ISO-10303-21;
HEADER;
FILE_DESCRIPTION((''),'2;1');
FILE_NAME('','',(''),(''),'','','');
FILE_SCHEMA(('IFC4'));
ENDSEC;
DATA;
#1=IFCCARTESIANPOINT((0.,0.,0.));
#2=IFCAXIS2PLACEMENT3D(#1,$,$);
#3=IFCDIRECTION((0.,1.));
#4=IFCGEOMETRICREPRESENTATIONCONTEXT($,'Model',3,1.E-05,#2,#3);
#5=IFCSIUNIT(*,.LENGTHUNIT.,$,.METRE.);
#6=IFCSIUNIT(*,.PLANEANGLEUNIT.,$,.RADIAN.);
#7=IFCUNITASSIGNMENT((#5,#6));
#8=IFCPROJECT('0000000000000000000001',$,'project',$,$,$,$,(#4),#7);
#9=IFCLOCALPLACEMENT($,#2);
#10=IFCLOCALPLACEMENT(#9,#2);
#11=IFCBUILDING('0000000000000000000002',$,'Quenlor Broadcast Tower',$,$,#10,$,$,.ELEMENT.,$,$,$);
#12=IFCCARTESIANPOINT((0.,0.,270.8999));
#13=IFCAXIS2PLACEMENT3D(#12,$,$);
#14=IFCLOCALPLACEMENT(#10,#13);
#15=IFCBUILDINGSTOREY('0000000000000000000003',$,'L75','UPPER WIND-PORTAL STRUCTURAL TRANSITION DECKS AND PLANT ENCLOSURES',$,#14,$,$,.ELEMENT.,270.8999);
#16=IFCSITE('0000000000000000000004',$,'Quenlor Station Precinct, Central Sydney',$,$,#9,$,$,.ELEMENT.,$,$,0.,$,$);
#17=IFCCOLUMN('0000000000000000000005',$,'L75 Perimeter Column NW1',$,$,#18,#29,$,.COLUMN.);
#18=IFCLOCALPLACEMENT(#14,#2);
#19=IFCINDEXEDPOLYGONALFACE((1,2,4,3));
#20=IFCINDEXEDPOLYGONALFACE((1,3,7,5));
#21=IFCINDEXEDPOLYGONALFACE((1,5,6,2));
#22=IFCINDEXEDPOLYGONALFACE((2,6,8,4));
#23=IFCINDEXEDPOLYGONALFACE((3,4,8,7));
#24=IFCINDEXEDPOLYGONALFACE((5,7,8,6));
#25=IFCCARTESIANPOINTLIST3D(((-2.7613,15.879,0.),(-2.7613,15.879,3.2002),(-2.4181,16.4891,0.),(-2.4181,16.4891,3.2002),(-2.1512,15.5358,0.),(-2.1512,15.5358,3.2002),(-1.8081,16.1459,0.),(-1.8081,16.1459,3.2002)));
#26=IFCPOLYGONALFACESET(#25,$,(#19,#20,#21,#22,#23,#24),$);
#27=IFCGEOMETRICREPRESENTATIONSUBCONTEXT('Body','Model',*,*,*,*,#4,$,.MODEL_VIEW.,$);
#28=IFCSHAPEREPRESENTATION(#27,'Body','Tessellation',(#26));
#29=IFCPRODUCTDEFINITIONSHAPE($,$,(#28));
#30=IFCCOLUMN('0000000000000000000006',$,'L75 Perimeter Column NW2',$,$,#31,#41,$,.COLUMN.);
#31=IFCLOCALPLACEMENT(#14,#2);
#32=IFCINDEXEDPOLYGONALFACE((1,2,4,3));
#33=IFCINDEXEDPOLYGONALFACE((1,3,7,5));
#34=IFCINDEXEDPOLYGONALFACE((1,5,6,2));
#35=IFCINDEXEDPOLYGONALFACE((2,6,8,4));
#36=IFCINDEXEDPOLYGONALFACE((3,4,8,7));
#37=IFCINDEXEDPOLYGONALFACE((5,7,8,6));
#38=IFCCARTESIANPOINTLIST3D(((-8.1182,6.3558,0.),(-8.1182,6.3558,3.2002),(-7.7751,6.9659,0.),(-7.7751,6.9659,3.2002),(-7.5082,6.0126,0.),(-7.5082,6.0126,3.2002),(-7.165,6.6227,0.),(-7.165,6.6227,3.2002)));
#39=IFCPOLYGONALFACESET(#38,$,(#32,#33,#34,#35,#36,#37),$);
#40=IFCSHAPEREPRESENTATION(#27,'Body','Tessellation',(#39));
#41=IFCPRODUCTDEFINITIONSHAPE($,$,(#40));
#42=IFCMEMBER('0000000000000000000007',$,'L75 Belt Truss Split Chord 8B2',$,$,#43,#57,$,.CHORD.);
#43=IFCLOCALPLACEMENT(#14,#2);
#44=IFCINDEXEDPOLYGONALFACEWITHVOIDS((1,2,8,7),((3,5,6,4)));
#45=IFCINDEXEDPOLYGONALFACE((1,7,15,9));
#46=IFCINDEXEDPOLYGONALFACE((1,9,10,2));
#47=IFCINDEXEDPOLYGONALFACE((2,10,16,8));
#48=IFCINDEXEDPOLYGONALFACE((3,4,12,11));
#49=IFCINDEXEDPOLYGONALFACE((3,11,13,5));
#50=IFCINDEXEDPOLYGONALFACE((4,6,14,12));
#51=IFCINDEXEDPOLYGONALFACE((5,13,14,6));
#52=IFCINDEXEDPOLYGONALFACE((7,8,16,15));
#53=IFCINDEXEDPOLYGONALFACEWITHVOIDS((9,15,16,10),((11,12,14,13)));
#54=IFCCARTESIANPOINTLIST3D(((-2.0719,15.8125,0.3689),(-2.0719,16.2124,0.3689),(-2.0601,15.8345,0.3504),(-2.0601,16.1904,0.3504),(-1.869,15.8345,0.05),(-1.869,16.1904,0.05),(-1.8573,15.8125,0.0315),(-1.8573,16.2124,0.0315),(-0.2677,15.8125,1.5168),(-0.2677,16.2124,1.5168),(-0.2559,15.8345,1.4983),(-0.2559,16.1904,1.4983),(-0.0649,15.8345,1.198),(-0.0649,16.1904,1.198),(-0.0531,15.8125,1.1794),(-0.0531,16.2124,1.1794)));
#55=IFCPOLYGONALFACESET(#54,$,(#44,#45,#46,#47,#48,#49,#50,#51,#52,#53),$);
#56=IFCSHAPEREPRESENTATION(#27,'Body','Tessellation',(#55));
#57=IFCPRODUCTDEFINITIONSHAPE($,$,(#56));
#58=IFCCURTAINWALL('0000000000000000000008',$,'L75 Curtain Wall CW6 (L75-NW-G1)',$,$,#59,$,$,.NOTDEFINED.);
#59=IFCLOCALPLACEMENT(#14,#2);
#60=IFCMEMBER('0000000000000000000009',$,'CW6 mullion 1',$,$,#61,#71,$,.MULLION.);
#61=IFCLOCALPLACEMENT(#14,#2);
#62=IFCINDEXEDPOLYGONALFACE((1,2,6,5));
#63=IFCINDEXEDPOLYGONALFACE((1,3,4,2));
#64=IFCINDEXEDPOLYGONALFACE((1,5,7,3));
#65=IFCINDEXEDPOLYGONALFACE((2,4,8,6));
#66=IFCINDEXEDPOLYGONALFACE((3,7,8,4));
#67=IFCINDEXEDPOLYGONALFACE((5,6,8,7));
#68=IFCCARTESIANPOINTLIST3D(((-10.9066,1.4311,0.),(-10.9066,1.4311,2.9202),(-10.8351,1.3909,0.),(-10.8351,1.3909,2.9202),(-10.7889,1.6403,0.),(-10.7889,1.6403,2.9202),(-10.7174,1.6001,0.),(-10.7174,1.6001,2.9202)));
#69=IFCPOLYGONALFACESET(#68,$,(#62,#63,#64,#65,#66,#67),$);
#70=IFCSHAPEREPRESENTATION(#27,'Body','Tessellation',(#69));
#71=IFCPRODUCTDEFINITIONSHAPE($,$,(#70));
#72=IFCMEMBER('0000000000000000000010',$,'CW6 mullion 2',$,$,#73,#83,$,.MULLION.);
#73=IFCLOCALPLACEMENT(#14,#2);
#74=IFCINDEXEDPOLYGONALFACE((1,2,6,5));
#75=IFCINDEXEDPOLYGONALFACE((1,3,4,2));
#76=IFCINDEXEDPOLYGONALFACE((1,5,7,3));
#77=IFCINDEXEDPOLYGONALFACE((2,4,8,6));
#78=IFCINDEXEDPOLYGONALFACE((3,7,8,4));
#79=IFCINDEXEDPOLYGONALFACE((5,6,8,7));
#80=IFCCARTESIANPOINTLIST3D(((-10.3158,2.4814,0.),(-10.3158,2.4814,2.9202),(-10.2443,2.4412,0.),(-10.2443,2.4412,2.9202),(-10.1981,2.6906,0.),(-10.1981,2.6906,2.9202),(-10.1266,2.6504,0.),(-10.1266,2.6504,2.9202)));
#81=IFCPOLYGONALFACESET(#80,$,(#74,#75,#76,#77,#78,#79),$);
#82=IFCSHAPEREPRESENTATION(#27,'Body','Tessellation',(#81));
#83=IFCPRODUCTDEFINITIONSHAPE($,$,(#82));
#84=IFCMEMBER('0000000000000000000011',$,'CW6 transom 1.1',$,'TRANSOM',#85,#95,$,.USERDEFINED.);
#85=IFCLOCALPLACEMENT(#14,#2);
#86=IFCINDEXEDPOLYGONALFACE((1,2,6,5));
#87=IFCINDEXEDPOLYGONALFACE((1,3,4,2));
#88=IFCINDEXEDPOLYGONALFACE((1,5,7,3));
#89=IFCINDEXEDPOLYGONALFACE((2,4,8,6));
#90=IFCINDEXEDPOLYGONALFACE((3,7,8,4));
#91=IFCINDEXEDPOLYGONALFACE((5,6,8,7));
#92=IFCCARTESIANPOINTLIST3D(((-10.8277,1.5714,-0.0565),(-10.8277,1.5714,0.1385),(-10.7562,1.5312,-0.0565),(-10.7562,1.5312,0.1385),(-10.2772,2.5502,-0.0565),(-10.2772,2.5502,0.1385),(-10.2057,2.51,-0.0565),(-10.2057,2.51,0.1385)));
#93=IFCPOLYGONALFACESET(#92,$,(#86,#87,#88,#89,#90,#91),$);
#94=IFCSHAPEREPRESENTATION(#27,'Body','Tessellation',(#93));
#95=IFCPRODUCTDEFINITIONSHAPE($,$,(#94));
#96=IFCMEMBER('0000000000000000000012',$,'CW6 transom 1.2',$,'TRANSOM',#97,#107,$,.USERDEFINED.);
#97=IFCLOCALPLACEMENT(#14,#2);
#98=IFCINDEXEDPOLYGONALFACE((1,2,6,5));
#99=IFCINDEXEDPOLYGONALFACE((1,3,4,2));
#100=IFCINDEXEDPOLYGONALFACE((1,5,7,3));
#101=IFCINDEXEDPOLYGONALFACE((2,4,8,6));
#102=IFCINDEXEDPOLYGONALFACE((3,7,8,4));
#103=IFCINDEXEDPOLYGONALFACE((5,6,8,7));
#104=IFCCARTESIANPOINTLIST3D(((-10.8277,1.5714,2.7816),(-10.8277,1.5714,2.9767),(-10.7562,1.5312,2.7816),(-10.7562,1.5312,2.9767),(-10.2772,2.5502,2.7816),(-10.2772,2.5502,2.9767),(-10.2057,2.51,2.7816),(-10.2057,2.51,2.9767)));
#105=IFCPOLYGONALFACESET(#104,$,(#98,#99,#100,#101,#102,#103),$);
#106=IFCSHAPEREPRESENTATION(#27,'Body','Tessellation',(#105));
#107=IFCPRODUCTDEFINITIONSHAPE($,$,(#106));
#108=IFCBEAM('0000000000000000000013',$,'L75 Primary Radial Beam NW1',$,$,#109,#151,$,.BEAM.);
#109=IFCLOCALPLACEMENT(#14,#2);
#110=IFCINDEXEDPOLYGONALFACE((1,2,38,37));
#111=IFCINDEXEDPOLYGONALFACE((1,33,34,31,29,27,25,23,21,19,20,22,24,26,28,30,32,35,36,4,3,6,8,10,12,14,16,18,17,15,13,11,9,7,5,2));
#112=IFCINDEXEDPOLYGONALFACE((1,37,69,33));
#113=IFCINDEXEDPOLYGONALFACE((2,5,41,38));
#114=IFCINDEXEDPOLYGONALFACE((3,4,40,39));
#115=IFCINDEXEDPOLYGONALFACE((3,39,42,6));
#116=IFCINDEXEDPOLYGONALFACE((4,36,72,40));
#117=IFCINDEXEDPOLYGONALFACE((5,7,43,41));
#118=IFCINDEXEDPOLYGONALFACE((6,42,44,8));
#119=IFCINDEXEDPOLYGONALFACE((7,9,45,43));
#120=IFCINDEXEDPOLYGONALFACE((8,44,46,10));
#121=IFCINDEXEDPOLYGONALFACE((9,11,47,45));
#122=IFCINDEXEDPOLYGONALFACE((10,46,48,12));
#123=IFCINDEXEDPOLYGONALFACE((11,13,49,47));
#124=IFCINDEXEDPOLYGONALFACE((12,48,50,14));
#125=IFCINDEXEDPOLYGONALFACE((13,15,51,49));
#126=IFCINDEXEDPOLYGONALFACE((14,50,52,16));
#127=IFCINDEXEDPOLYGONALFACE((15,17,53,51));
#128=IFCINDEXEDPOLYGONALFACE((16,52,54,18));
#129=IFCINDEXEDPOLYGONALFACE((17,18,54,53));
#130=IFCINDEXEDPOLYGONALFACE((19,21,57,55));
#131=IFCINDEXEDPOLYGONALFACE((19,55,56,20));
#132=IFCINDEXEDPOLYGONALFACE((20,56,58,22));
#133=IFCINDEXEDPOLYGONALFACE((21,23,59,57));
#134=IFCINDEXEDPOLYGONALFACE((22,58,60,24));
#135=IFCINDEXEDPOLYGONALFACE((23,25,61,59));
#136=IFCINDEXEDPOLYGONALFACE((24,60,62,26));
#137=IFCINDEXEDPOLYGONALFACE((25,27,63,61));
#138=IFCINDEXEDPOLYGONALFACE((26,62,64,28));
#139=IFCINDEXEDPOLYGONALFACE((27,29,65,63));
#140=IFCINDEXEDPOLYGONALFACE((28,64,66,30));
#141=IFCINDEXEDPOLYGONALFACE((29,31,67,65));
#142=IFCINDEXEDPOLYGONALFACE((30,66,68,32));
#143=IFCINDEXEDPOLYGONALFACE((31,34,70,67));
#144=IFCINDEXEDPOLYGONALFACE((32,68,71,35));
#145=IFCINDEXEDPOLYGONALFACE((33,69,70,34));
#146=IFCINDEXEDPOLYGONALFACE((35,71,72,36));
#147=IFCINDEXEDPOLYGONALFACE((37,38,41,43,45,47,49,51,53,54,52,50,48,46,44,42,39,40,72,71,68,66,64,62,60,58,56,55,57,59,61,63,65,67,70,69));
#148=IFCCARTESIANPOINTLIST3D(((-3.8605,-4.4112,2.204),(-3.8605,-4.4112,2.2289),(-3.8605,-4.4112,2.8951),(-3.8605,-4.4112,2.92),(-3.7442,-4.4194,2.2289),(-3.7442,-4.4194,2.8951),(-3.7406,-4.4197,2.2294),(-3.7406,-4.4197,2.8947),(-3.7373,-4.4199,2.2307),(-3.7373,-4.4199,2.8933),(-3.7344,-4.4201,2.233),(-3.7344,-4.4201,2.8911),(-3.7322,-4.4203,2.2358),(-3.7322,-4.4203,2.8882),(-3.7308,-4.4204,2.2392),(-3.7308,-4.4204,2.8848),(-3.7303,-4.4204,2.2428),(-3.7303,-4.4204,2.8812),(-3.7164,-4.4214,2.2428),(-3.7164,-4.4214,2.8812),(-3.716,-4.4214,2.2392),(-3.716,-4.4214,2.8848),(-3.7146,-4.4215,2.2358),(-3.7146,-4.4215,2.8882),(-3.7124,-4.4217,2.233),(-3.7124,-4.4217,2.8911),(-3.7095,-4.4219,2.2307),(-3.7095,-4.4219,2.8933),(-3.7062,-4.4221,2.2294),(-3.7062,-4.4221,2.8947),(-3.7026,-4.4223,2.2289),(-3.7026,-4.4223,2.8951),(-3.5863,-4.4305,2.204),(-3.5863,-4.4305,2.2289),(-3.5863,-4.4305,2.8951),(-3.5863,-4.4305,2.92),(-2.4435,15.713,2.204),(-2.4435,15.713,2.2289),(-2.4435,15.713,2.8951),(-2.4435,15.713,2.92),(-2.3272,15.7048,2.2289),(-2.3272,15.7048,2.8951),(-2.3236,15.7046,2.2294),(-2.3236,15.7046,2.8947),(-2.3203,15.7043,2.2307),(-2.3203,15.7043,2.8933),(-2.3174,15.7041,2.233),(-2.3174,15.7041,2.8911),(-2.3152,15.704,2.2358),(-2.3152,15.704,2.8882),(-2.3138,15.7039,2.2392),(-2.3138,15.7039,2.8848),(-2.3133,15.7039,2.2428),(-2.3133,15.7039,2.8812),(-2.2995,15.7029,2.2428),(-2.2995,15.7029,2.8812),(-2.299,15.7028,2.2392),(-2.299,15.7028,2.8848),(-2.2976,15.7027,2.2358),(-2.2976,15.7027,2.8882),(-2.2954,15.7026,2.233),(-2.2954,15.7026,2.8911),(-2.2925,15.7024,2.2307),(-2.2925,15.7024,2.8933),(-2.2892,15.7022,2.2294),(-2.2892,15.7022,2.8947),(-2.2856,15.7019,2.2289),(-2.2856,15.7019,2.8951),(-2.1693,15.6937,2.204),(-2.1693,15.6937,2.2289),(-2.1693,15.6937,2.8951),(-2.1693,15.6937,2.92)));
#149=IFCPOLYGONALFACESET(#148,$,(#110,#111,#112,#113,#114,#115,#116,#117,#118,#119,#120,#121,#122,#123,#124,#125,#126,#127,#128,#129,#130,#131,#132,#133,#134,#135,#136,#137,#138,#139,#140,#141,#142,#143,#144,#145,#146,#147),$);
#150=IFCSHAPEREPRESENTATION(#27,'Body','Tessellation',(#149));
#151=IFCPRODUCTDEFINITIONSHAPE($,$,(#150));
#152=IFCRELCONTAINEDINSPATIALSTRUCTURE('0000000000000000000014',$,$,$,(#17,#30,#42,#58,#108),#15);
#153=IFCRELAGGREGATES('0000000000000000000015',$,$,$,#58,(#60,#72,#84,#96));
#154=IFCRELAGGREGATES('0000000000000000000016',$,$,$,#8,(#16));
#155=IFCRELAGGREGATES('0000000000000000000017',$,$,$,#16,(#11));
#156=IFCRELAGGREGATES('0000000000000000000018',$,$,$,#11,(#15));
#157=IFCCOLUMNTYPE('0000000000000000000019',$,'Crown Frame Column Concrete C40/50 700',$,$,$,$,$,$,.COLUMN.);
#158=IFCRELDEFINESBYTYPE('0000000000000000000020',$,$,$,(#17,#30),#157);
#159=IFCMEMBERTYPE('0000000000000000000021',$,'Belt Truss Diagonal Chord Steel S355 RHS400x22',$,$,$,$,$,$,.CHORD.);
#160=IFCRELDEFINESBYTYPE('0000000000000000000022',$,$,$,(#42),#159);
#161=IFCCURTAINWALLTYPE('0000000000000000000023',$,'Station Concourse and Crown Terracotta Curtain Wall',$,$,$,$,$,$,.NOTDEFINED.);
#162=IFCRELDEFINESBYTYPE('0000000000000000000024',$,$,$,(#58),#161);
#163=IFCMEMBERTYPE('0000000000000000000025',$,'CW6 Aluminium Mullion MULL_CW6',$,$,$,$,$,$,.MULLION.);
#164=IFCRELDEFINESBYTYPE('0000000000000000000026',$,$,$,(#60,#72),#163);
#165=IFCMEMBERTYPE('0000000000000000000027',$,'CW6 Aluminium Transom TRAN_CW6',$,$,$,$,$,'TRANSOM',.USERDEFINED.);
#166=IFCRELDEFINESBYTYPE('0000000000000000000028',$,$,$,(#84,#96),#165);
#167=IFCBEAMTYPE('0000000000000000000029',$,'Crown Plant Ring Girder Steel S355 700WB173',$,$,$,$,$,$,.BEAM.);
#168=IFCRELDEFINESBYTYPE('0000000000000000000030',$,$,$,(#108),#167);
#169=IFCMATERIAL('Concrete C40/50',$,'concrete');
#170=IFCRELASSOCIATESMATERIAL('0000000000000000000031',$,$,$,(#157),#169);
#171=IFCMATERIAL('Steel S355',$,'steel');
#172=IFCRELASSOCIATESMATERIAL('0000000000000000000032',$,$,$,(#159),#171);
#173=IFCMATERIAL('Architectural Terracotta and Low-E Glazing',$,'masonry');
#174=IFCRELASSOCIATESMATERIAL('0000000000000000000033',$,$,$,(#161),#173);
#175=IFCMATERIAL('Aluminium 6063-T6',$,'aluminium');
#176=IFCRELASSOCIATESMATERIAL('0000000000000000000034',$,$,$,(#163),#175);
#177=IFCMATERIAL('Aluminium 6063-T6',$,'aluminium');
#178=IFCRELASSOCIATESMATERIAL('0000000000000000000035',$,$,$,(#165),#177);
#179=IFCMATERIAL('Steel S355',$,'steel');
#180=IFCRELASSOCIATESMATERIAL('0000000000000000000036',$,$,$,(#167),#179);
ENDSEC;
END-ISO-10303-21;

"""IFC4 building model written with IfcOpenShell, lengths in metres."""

from ifc_helpers import new_model, si_unit, direction, frame, origin, origin_2d, place, context, subcontext, project, spatial, rectangle, hollow_rectangle, i_section, extrude, material, material_profile, profile_set, type_object, element, aggregate, save


model = new_model("IFC4")

# Units and contexts
model_context = context("Model", 3, precision=1e-05, world=origin(), true_north=direction((0.0, 1.0)))
body_context = subcontext(model_context, "Body", "Model", "MODEL_VIEW")
ifc_project = project(units=[si_unit("LENGTHUNIT", "METRE"), si_unit("PLANEANGLEUNIT", "RADIAN")], contexts=[model_context])

# Site, building, storey
site_placement = place(None, origin())
site = spatial("IfcSite", under=ifc_project, at=site_placement, Name="Quenlor Station Precinct, Central Sydney", CompositionType="ELEMENT", RefElevation=0.0)
building_placement = place(site_placement, origin())
building = spatial("IfcBuilding", under=site, at=building_placement, Name="Quenlor Broadcast Tower", CompositionType="ELEMENT")
storey_placement = place(building_placement, frame((0.0, 0.0, 270.8999)))
storey = spatial("IfcBuildingStorey", under=building, at=storey_placement, Name="L75", Description="UPPER WIND-PORTAL STRUCTURAL TRANSITION DECKS AND PLANT ENCLOSURES", CompositionType="ELEMENT", Elevation=270.8999)

# Columns
ifc_material_1 = material(Name="Concrete C40/50", Category="concrete")
ifc_material_profile_1 = material_profile(ifc_material_1, rectangle(XDim=0.7, YDim=0.7, at=origin_2d()))
ifc_profile_set_1 = profile_set([ifc_material_profile_1], Name="Concrete C40/50 RC700x700")
column_type = type_object("IfcColumnType", Name="Crown Frame Column Concrete C40/50 700", PredefinedType="COLUMN", material=ifc_profile_set_1)
for number, where, z_axis, x_axis, name in (
    (1, (-2.2847, 16.0125, 0.0), (0.0, 0.0, 1.0), (-0.871575, 0.490262, 0.0), "L75 Perimeter Column NW1"),
    (2, (-7.6416, 6.4893, 0.0), (0.0, 0.0, 1.0), (-0.871575, 0.490262, 0.0), "L75 Perimeter Column NW2"),
):
    element("IfcColumn", number, at=place(storey_placement, frame(where, z_axis=z_axis, x_axis=x_axis)), inside=storey, type_object=column_type, Name=name, PredefinedType="COLUMN", context=body_context, shape_type="SweptSolid", body=[
        extrude(rectangle(XDim=0.7, YDim=0.7, at=origin_2d()), origin(), (0.0, 0.0, 1.0), 3.2002),
    ])

# Member
ifc_material_2 = material(Name="Steel S355", Category="steel")
ifc_material_profile_2 = material_profile(ifc_material_2, hollow_rectangle(XDim=0.3999, YDim=0.3999, WallThickness=0.022, at=origin_2d()))
ifc_profile_set_2 = profile_set([ifc_material_profile_2], Name="Steel S355 RHS400x400x22")
member_type_1 = type_object("IfcMemberType", Name="Belt Truss Diagonal Chord Steel S355 RHS400x22", PredefinedType="CHORD", material=ifc_profile_set_2)
member_1_placement = place(storey_placement, frame((-0.1604, 16.0125, 1.3481), z_axis=(-0.843699, 0.0, -0.536816), x_axis=(0.0, -1.0, 0.0)))
element("IfcMember", 3, at=member_1_placement, inside=storey, type_object=member_type_1, Name="L75 Belt Truss Split Chord 8B2", PredefinedType="CHORD", context=body_context, shape_type="SweptSolid", body=[
    extrude(hollow_rectangle(XDim=0.3999, YDim=0.3999, WallThickness=0.022, at=origin_2d()), origin(), (0.0, 0.0, 1.0), 2.1384),
])

# Curtain wall, members
ifc_material_3 = material(Name="Architectural Terracotta and Low-E Glazing", Category="masonry")
curtain_wall_type = type_object("IfcCurtainWallType", Name="Station Concourse and Crown Terracotta Curtain Wall", PredefinedType="NOTDEFINED", material=ifc_material_3)
curtain_wall_placement = place(storey_placement, origin())
curtain_wall = element("IfcCurtainWall", 4, at=curtain_wall_placement, inside=storey, type_object=curtain_wall_type, Name="L75 Curtain Wall CW6 (L75-NW-G1)", PredefinedType="NOTDEFINED")
ifc_material_4 = material(Name="Aluminium 6063-T6", Category="aluminium")
ifc_material_profile_3 = material_profile(ifc_material_4, rectangle(XDim=0.082, YDim=0.24, at=origin_2d()))
ifc_profile_set_3 = profile_set([ifc_material_profile_3], Name="Aluminium 6063-T6 MULL82x240")
member_type_2 = type_object("IfcMemberType", Name="CW6 Aluminium Mullion MULL_CW6", PredefinedType="MULLION", material=ifc_profile_set_3)
member_2_placement = place(storey_placement, frame((-10.812, 1.5156, 0.0), z_axis=(0.0, 0.0, 1.0), x_axis=(-0.87158, 0.490254, 0.0)))
member_2 = element("IfcMember", 5, at=member_2_placement, type_object=member_type_2, Name="CW6 mullion 1", PredefinedType="MULLION", context=body_context, shape_type="SweptSolid", body=[
    extrude(rectangle(XDim=0.082, YDim=0.24, at=origin_2d()), origin(), (0.0, 0.0, 1.0), 2.9202),
])
member_3_placement = place(storey_placement, frame((-10.2212, 2.5659, 0.0), z_axis=(0.0, 0.0, 1.0), x_axis=(-0.87158, 0.490254, 0.0)))
member_3 = element("IfcMember", 6, at=member_3_placement, type_object=member_type_2, Name="CW6 mullion 2", PredefinedType="MULLION", context=body_context, shape_type="SweptSolid", body=[
    extrude(rectangle(XDim=0.082, YDim=0.24, at=origin_2d()), origin(), (0.0, 0.0, 1.0), 2.9202),
])
ifc_material_5 = material(Name="Aluminium 6063-T6", Category="aluminium")
ifc_material_profile_4 = material_profile(ifc_material_5, rectangle(XDim=0.082, YDim=0.1951, at=origin_2d()))
ifc_profile_set_4 = profile_set([ifc_material_profile_4], Name="Aluminium 6063-T6 TRAN82x195")
member_type_3 = type_object("IfcMemberType", Name="CW6 Aluminium Transom TRAN_CW6", ElementType="TRANSOM", PredefinedType="USERDEFINED", material=ifc_profile_set_4)
member_4_placement = place(storey_placement, frame((-10.792, 1.5513, 0.041), z_axis=(0.490251, 0.871581, 0.0), x_axis=(-0.871581, 0.490251, 0.0)))
member_4 = element("IfcMember", 7, at=member_4_placement, type_object=member_type_3, Name="CW6 transom 1.1", ObjectType="TRANSOM", PredefinedType="USERDEFINED", context=body_context, shape_type="SweptSolid", body=[
    extrude(rectangle(XDim=0.082, YDim=0.1951, at=origin_2d()), origin(), (0.0, 0.0, 1.0), 1.123),
])
member_5_placement = place(storey_placement, frame((-10.792, 1.5513, 2.8792), z_axis=(0.490251, 0.871581, 0.0), x_axis=(-0.871581, 0.490251, 0.0)))
member_5 = element("IfcMember", 8, at=member_5_placement, type_object=member_type_3, Name="CW6 transom 1.2", ObjectType="TRANSOM", PredefinedType="USERDEFINED", context=body_context, shape_type="SweptSolid", body=[
    extrude(rectangle(XDim=0.082, YDim=0.1951, at=origin_2d()), origin(), (0.0, 0.0, 1.0), 1.123),
])

# Beam
ifc_material_6 = material(Name="Steel S355", Category="steel")
ifc_material_profile_5 = material_profile(ifc_material_6, i_section(OverallWidth=0.2749, OverallDepth=0.7161, WebThickness=0.0139, FlangeThickness=0.0249, FilletRadius=0.0139, at=origin_2d()))
ifc_profile_set_5 = profile_set([ifc_material_profile_5], Name="Steel S355 700WB173")
beam_type_1 = type_object("IfcBeamType", Name="Crown Plant Ring Girder Steel S355 700WB173", PredefinedType="BEAM", material=ifc_profile_set_5)
beam_1_placement = place(storey_placement, frame((-2.3064, 15.7034, 2.562), z_axis=(-0.070238, -0.99753, 0.0), x_axis=(0.99753, -0.070238, 0.0)))
element("IfcBeam", 9, at=beam_1_placement, inside=storey, type_object=beam_type_1, Name="L75 Primary Radial Beam NW1", PredefinedType="BEAM", context=body_context, shape_type="SweptSolid", body=[
    extrude(i_section(OverallWidth=0.2749, OverallDepth=0.7161, WebThickness=0.0139, FlangeThickness=0.0249, FilletRadius=0.0139, at=origin_2d()), origin(), (0.0, 0.0, 1.0), 20.1741),
])

aggregate(curtain_wall, [member_2, member_3, member_4, member_5])

save(model, "model.ifc")
